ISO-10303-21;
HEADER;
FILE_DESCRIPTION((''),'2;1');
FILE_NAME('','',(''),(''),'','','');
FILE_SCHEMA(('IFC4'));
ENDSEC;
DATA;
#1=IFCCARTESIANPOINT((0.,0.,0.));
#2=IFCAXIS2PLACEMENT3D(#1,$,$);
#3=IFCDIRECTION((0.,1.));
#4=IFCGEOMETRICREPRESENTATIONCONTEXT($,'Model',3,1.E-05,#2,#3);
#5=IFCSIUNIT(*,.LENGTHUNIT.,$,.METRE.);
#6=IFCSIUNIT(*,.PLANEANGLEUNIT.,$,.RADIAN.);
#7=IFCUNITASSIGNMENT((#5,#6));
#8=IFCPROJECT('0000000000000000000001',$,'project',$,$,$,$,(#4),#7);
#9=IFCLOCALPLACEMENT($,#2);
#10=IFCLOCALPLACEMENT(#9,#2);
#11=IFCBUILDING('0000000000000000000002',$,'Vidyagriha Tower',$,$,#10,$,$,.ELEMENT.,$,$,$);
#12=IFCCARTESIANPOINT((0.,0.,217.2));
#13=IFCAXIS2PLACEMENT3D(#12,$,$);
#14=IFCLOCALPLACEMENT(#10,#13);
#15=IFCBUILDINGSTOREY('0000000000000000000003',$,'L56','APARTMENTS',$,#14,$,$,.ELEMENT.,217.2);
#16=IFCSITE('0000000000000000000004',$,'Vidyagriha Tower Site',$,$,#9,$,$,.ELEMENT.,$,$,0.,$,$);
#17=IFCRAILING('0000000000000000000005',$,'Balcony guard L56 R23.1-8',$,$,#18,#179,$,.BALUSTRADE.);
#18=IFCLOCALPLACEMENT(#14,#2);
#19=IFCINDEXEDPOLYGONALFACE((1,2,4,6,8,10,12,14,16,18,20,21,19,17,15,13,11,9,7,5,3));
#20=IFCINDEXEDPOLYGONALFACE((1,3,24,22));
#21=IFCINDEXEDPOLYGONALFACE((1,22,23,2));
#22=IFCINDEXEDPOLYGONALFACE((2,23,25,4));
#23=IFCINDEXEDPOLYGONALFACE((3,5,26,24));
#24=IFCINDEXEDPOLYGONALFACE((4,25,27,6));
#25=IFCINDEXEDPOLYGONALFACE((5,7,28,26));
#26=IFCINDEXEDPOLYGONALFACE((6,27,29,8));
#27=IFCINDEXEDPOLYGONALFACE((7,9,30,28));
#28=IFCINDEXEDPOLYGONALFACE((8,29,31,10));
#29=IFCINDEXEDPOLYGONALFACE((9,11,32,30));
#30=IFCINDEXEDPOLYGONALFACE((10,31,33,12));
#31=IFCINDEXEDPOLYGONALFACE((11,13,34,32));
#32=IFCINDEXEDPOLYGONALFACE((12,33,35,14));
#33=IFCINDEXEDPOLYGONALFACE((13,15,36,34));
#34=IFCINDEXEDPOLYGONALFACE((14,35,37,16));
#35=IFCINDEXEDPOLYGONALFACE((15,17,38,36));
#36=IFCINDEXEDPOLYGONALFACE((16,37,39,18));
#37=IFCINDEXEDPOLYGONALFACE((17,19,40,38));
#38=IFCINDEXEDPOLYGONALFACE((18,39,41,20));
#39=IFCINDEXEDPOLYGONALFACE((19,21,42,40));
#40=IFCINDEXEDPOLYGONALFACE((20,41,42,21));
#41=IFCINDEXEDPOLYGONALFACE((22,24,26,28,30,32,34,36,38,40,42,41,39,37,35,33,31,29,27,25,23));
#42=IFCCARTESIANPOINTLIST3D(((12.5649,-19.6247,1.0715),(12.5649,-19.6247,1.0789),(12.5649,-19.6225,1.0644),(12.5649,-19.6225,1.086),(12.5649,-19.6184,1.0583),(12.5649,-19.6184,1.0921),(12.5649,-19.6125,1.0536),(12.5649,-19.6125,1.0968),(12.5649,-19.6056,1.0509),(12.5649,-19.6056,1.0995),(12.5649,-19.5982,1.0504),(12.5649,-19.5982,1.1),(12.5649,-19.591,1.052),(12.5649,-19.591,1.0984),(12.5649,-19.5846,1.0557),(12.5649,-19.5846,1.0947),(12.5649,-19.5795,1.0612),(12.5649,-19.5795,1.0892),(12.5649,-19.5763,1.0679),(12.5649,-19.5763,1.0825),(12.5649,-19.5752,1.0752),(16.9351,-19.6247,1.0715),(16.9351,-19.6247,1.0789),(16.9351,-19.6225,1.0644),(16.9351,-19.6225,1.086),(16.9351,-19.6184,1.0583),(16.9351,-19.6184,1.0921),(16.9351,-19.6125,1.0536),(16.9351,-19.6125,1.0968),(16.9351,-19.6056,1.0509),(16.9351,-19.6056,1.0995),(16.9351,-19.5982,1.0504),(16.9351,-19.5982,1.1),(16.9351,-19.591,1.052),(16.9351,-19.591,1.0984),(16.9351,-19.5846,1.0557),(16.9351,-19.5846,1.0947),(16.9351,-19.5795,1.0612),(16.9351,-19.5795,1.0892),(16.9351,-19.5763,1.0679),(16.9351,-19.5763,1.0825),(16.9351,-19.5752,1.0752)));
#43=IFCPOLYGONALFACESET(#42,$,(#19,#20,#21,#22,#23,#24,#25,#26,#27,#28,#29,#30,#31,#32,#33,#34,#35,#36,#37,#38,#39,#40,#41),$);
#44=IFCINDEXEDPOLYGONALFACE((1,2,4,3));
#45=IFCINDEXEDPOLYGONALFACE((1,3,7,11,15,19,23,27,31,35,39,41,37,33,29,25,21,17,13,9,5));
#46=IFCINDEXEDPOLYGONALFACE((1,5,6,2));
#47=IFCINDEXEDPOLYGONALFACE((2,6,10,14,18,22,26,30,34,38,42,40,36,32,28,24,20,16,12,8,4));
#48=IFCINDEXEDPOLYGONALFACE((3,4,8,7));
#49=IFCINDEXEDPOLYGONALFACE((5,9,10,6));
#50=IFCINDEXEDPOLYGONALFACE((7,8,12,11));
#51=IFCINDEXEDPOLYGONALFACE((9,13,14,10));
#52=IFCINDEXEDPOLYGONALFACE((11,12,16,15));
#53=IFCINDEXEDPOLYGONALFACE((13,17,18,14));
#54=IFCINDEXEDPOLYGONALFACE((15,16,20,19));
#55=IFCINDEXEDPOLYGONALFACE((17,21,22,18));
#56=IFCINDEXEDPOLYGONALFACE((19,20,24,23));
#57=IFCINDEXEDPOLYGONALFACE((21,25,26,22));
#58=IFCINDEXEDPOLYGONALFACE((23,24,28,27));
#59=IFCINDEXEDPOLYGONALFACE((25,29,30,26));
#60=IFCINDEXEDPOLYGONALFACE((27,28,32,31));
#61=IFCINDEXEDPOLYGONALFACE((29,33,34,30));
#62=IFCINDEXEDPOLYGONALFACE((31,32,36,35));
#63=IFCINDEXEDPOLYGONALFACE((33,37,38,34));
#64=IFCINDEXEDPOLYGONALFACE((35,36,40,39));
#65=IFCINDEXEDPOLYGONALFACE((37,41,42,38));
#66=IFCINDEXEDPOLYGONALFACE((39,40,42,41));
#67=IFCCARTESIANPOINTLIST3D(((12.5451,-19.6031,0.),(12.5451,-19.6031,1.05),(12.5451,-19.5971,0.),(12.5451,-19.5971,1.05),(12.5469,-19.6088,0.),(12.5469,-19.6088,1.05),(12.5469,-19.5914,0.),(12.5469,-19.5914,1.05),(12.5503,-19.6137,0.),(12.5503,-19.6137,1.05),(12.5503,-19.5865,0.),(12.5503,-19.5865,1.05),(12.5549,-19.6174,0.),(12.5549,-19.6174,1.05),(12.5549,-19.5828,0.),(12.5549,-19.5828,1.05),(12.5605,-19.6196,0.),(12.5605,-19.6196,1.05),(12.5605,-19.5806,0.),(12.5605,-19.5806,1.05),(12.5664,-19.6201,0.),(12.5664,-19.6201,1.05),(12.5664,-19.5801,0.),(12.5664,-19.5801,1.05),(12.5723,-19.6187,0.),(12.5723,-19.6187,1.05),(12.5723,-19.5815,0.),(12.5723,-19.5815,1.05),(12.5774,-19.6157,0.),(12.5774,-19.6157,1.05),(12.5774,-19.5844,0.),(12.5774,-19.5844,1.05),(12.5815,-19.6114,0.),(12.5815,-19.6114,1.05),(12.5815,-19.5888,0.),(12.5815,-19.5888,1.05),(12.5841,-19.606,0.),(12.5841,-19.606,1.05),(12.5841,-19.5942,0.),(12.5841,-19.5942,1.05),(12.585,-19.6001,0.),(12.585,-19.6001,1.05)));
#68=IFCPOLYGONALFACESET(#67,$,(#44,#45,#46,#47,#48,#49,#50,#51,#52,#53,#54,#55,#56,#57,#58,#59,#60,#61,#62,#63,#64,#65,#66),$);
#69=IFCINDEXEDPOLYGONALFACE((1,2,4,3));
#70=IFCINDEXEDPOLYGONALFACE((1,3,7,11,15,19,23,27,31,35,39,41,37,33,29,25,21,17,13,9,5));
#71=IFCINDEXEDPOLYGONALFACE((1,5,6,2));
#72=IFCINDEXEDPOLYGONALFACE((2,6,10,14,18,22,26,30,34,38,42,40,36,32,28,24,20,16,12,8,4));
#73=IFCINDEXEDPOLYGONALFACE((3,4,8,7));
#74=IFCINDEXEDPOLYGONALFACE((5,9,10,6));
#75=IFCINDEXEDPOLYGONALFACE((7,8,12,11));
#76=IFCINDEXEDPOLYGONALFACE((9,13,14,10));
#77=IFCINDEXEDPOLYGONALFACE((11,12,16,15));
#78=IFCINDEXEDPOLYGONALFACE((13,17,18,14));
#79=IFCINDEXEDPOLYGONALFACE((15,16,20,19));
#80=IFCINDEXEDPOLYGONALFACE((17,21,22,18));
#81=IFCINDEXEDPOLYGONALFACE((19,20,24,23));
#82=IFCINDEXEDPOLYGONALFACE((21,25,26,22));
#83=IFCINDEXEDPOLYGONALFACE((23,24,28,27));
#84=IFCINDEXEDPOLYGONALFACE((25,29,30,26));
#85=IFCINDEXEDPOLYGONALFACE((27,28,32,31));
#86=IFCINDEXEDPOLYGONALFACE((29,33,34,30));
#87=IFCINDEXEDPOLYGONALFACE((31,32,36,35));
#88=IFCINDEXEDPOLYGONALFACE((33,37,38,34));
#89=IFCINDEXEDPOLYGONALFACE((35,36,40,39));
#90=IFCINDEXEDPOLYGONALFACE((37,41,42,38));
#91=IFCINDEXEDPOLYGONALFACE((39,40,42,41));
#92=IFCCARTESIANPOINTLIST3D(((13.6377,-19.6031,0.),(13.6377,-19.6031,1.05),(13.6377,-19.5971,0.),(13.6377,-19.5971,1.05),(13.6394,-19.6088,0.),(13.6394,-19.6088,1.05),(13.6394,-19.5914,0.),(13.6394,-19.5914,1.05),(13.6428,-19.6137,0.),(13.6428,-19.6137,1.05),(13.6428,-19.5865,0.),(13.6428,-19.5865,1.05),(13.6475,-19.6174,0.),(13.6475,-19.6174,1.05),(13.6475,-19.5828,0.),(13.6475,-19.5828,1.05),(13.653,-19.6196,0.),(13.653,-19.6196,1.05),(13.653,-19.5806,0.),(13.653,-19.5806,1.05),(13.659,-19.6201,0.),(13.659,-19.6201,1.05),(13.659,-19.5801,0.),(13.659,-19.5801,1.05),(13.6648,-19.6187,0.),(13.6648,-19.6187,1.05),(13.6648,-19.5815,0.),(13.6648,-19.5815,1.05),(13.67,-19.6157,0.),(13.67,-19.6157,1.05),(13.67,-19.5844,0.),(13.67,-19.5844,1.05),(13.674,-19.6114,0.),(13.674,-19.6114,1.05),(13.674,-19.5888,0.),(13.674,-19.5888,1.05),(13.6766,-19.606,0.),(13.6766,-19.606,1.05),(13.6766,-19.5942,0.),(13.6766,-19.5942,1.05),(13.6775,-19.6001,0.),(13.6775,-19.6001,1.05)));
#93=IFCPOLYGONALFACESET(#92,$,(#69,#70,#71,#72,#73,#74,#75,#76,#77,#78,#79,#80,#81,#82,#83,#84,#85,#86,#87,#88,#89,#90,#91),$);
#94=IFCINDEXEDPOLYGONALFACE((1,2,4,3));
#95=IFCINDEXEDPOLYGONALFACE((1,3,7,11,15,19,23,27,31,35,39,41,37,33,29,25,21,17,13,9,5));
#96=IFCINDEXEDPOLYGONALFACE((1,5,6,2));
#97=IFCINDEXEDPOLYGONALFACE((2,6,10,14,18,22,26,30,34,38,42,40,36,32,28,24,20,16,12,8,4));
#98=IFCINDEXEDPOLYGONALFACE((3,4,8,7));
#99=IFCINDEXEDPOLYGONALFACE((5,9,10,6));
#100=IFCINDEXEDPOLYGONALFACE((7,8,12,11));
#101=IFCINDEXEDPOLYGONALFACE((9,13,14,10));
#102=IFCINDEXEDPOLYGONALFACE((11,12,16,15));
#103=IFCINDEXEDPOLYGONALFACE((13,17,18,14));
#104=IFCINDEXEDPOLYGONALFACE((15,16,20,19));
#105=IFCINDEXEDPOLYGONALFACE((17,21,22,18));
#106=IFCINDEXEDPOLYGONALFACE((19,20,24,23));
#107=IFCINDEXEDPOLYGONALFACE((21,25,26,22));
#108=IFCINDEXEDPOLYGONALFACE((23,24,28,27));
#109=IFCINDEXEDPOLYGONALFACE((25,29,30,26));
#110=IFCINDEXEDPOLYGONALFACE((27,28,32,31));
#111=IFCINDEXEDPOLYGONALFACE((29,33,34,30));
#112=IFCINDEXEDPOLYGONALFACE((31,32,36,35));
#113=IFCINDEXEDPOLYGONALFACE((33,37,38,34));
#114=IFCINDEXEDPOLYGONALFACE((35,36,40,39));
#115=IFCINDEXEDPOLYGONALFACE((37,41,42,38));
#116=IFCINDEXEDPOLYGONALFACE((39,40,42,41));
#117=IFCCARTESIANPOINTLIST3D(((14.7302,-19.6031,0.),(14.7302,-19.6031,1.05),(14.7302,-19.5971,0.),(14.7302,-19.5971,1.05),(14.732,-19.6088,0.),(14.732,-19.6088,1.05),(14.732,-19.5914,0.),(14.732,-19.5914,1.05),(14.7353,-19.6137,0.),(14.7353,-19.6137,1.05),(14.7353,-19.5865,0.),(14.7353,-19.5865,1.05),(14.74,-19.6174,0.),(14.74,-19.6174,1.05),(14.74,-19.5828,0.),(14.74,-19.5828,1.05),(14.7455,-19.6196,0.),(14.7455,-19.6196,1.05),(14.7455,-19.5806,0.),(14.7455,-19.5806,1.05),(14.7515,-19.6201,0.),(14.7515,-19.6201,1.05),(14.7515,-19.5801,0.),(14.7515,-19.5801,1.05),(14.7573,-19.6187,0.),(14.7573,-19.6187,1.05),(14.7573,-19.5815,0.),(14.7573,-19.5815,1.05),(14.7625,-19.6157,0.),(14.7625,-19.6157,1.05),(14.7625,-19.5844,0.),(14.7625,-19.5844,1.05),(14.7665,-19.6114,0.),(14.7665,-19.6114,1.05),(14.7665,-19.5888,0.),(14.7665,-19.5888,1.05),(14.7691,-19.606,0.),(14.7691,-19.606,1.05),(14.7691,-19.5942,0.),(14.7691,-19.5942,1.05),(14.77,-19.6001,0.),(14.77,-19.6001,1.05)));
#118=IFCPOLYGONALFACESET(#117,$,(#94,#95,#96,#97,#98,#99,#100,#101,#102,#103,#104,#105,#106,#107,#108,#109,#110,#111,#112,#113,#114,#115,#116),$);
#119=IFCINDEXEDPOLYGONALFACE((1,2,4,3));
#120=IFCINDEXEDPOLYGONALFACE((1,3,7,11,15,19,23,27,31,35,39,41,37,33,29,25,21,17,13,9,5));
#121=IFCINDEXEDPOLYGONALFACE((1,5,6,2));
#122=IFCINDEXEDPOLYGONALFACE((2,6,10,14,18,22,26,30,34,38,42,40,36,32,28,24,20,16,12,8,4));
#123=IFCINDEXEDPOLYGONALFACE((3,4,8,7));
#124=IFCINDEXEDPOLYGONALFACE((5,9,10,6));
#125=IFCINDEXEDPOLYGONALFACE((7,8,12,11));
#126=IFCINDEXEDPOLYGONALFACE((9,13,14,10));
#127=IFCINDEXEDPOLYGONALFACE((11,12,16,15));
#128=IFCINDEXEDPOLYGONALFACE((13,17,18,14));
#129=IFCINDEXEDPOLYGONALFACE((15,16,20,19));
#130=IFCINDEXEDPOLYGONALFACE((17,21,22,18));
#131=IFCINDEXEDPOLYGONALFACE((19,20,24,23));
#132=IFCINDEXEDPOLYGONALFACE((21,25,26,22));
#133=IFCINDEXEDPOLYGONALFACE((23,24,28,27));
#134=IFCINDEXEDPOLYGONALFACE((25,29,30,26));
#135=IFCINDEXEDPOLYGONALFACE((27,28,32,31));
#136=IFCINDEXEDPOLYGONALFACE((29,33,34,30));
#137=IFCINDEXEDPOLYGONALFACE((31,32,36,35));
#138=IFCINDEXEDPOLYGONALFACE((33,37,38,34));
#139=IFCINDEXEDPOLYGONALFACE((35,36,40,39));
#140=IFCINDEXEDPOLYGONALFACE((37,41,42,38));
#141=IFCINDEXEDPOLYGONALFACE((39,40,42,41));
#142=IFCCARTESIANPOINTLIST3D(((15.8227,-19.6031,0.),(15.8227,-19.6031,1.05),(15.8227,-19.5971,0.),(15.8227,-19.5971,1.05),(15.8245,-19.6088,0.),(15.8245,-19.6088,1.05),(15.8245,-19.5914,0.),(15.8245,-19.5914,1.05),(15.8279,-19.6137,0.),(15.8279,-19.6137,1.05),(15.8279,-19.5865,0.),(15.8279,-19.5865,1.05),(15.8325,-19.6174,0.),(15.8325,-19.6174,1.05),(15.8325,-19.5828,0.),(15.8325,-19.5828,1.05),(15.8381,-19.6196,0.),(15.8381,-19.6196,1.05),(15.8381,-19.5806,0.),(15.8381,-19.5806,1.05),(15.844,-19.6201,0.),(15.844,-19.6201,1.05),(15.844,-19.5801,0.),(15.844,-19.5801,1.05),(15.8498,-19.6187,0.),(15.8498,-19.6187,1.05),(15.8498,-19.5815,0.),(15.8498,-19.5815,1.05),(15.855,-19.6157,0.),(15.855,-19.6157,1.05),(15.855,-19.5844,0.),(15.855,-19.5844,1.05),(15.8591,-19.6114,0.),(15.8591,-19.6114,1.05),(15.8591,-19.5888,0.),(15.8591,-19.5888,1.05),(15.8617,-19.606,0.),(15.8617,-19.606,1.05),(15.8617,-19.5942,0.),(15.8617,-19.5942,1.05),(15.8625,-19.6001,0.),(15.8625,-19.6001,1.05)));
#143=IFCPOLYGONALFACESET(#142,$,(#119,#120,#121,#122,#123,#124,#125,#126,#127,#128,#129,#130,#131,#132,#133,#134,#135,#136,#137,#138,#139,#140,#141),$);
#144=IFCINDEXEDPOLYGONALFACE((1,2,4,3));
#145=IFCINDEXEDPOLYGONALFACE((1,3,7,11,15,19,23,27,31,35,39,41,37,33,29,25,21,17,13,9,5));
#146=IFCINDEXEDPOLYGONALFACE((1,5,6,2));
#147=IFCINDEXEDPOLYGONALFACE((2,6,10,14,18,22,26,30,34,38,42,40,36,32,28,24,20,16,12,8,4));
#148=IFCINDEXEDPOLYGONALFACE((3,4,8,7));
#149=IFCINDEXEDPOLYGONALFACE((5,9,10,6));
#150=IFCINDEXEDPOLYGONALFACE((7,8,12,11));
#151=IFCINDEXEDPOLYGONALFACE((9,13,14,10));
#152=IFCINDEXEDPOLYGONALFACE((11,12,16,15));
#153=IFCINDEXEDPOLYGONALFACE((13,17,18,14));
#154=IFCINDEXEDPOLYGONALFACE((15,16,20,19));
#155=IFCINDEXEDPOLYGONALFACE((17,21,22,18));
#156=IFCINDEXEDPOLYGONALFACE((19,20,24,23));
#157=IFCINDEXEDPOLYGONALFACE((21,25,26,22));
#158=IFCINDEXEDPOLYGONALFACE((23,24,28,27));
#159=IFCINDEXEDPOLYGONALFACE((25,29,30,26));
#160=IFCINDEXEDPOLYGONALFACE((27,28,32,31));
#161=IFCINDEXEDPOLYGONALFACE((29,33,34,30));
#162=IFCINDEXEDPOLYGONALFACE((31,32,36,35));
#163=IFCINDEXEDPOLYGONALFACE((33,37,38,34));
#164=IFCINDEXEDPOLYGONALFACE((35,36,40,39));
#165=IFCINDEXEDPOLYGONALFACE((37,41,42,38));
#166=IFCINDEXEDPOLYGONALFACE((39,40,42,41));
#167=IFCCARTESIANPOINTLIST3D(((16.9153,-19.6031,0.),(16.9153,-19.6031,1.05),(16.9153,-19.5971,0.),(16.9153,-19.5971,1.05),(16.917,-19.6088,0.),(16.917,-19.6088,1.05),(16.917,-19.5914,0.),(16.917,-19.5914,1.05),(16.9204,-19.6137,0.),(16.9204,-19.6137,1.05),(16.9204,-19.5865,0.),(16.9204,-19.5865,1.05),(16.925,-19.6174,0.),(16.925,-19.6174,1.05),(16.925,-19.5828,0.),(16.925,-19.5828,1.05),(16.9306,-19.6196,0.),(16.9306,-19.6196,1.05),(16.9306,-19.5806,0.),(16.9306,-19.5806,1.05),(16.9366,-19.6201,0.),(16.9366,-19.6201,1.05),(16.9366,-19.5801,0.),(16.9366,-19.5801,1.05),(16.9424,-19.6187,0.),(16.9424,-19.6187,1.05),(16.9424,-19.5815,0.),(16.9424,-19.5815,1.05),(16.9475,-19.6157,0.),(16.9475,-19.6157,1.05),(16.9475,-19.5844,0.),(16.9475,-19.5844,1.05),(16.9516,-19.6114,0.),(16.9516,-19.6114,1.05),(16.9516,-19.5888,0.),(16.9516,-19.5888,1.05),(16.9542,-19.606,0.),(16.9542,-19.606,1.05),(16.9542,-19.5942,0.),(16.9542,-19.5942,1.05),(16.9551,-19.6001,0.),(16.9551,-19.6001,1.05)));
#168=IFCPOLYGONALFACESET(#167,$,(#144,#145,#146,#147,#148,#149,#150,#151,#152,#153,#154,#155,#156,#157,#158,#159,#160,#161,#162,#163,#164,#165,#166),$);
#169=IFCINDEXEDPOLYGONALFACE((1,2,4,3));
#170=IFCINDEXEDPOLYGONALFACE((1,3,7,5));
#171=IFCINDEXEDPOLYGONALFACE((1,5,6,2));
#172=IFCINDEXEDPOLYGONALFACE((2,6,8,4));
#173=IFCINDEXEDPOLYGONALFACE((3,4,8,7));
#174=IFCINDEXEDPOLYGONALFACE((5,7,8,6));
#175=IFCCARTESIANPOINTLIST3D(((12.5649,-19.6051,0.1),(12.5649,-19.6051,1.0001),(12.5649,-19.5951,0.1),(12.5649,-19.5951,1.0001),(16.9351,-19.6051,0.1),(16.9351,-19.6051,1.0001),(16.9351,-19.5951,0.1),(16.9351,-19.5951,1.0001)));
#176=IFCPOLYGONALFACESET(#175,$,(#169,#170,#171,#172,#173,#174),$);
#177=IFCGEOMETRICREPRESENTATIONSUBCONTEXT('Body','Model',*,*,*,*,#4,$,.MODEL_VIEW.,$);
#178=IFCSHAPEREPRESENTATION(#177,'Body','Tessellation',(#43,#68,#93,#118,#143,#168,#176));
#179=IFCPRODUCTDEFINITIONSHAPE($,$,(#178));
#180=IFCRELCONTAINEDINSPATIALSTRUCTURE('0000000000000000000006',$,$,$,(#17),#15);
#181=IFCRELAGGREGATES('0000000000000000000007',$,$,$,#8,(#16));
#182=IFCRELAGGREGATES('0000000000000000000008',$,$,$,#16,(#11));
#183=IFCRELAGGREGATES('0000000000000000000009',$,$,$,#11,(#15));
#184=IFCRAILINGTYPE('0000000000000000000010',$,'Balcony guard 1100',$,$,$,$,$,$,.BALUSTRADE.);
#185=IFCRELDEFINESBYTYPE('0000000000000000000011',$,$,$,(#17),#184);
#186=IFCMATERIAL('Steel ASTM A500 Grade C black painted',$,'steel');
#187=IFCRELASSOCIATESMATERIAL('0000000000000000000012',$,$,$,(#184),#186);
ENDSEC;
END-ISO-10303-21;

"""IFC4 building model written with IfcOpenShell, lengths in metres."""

from ifc_helpers import new_model, si_unit, direction, frame, origin, origin_2d, place, context, subcontext, project, spatial, rectangle, circle, extrude, material, type_object, element, save


model = new_model("IFC4")

# Units and contexts
model_context = context("Model", 3, precision=1e-05, world=origin(), true_north=direction((0.0, 1.0)))
body_context = subcontext(model_context, "Body", "Model", "MODEL_VIEW")
ifc_project = project(units=[si_unit("LENGTHUNIT", "METRE"), si_unit("PLANEANGLEUNIT", "RADIAN")], contexts=[model_context])

# Site, building, storey
site_placement = place(None, origin())
site = spatial("IfcSite", under=ifc_project, at=site_placement, Name="Vidyagriha Tower Site", CompositionType="ELEMENT", RefElevation=0.0)
building_placement = place(site_placement, origin())
building = spatial("IfcBuilding", under=site, at=building_placement, Name="Vidyagriha Tower", CompositionType="ELEMENT")
storey_placement = place(building_placement, frame((0.0, 0.0, 217.2)))
storey = spatial("IfcBuildingStorey", under=building, at=storey_placement, Name="L56", Description="APARTMENTS", CompositionType="ELEMENT", Elevation=217.2)

# Railing
ifc_material_1 = material(Name="Steel ASTM A500 Grade C black painted", Category="steel")
railing_type = type_object("IfcRailingType", Name="Balcony guard 1100", PredefinedType="BALUSTRADE", material=ifc_material_1)
railing_1_placement = place(storey_placement, frame((12.5649, -19.6001, 0.0)))
element("IfcRailing", 1, at=railing_1_placement, inside=storey, type_object=railing_type, Name="Balcony guard L56 R23.1-8", PredefinedType="BALUSTRADE", context=body_context, shape_type="SweptSolid", body=[
    extrude(circle(Radius=0.0249, at=origin_2d()), frame((0.0, 0.0, 1.0752), z_axis=(1.0, 0.0, 0.0), x_axis=(0.0, 1.0, 0.0)), (0.0, 0.0, 1.0), 4.3701),
    extrude(circle(Radius=0.02, at=origin_2d()), origin(), (0.0, 0.0, 1.0), 1.05),
    extrude(circle(Radius=0.02, at=origin_2d()), frame((1.0925, 0.0, 0.0)), (0.0, 0.0, 1.0), 1.05),
    extrude(circle(Radius=0.02, at=origin_2d()), frame((2.1851, 0.0, 0.0)), (0.0, 0.0, 1.0), 1.05),
    extrude(circle(Radius=0.02, at=origin_2d()), frame((3.2776, 0.0, 0.0)), (0.0, 0.0, 1.0), 1.05),
    extrude(circle(Radius=0.02, at=origin_2d()), frame((4.3701, 0.0, 0.0)), (0.0, 0.0, 1.0), 1.05),
    extrude(rectangle(XDim=0.01, YDim=0.9001, at=origin_2d()), frame((0.0, 0.0, 0.55), z_axis=(1.0, 0.0, 0.0), x_axis=(0.0, 1.0, 0.0)), (0.0, 0.0, 1.0), 4.3701),
])

save(model, "model.ifc")
